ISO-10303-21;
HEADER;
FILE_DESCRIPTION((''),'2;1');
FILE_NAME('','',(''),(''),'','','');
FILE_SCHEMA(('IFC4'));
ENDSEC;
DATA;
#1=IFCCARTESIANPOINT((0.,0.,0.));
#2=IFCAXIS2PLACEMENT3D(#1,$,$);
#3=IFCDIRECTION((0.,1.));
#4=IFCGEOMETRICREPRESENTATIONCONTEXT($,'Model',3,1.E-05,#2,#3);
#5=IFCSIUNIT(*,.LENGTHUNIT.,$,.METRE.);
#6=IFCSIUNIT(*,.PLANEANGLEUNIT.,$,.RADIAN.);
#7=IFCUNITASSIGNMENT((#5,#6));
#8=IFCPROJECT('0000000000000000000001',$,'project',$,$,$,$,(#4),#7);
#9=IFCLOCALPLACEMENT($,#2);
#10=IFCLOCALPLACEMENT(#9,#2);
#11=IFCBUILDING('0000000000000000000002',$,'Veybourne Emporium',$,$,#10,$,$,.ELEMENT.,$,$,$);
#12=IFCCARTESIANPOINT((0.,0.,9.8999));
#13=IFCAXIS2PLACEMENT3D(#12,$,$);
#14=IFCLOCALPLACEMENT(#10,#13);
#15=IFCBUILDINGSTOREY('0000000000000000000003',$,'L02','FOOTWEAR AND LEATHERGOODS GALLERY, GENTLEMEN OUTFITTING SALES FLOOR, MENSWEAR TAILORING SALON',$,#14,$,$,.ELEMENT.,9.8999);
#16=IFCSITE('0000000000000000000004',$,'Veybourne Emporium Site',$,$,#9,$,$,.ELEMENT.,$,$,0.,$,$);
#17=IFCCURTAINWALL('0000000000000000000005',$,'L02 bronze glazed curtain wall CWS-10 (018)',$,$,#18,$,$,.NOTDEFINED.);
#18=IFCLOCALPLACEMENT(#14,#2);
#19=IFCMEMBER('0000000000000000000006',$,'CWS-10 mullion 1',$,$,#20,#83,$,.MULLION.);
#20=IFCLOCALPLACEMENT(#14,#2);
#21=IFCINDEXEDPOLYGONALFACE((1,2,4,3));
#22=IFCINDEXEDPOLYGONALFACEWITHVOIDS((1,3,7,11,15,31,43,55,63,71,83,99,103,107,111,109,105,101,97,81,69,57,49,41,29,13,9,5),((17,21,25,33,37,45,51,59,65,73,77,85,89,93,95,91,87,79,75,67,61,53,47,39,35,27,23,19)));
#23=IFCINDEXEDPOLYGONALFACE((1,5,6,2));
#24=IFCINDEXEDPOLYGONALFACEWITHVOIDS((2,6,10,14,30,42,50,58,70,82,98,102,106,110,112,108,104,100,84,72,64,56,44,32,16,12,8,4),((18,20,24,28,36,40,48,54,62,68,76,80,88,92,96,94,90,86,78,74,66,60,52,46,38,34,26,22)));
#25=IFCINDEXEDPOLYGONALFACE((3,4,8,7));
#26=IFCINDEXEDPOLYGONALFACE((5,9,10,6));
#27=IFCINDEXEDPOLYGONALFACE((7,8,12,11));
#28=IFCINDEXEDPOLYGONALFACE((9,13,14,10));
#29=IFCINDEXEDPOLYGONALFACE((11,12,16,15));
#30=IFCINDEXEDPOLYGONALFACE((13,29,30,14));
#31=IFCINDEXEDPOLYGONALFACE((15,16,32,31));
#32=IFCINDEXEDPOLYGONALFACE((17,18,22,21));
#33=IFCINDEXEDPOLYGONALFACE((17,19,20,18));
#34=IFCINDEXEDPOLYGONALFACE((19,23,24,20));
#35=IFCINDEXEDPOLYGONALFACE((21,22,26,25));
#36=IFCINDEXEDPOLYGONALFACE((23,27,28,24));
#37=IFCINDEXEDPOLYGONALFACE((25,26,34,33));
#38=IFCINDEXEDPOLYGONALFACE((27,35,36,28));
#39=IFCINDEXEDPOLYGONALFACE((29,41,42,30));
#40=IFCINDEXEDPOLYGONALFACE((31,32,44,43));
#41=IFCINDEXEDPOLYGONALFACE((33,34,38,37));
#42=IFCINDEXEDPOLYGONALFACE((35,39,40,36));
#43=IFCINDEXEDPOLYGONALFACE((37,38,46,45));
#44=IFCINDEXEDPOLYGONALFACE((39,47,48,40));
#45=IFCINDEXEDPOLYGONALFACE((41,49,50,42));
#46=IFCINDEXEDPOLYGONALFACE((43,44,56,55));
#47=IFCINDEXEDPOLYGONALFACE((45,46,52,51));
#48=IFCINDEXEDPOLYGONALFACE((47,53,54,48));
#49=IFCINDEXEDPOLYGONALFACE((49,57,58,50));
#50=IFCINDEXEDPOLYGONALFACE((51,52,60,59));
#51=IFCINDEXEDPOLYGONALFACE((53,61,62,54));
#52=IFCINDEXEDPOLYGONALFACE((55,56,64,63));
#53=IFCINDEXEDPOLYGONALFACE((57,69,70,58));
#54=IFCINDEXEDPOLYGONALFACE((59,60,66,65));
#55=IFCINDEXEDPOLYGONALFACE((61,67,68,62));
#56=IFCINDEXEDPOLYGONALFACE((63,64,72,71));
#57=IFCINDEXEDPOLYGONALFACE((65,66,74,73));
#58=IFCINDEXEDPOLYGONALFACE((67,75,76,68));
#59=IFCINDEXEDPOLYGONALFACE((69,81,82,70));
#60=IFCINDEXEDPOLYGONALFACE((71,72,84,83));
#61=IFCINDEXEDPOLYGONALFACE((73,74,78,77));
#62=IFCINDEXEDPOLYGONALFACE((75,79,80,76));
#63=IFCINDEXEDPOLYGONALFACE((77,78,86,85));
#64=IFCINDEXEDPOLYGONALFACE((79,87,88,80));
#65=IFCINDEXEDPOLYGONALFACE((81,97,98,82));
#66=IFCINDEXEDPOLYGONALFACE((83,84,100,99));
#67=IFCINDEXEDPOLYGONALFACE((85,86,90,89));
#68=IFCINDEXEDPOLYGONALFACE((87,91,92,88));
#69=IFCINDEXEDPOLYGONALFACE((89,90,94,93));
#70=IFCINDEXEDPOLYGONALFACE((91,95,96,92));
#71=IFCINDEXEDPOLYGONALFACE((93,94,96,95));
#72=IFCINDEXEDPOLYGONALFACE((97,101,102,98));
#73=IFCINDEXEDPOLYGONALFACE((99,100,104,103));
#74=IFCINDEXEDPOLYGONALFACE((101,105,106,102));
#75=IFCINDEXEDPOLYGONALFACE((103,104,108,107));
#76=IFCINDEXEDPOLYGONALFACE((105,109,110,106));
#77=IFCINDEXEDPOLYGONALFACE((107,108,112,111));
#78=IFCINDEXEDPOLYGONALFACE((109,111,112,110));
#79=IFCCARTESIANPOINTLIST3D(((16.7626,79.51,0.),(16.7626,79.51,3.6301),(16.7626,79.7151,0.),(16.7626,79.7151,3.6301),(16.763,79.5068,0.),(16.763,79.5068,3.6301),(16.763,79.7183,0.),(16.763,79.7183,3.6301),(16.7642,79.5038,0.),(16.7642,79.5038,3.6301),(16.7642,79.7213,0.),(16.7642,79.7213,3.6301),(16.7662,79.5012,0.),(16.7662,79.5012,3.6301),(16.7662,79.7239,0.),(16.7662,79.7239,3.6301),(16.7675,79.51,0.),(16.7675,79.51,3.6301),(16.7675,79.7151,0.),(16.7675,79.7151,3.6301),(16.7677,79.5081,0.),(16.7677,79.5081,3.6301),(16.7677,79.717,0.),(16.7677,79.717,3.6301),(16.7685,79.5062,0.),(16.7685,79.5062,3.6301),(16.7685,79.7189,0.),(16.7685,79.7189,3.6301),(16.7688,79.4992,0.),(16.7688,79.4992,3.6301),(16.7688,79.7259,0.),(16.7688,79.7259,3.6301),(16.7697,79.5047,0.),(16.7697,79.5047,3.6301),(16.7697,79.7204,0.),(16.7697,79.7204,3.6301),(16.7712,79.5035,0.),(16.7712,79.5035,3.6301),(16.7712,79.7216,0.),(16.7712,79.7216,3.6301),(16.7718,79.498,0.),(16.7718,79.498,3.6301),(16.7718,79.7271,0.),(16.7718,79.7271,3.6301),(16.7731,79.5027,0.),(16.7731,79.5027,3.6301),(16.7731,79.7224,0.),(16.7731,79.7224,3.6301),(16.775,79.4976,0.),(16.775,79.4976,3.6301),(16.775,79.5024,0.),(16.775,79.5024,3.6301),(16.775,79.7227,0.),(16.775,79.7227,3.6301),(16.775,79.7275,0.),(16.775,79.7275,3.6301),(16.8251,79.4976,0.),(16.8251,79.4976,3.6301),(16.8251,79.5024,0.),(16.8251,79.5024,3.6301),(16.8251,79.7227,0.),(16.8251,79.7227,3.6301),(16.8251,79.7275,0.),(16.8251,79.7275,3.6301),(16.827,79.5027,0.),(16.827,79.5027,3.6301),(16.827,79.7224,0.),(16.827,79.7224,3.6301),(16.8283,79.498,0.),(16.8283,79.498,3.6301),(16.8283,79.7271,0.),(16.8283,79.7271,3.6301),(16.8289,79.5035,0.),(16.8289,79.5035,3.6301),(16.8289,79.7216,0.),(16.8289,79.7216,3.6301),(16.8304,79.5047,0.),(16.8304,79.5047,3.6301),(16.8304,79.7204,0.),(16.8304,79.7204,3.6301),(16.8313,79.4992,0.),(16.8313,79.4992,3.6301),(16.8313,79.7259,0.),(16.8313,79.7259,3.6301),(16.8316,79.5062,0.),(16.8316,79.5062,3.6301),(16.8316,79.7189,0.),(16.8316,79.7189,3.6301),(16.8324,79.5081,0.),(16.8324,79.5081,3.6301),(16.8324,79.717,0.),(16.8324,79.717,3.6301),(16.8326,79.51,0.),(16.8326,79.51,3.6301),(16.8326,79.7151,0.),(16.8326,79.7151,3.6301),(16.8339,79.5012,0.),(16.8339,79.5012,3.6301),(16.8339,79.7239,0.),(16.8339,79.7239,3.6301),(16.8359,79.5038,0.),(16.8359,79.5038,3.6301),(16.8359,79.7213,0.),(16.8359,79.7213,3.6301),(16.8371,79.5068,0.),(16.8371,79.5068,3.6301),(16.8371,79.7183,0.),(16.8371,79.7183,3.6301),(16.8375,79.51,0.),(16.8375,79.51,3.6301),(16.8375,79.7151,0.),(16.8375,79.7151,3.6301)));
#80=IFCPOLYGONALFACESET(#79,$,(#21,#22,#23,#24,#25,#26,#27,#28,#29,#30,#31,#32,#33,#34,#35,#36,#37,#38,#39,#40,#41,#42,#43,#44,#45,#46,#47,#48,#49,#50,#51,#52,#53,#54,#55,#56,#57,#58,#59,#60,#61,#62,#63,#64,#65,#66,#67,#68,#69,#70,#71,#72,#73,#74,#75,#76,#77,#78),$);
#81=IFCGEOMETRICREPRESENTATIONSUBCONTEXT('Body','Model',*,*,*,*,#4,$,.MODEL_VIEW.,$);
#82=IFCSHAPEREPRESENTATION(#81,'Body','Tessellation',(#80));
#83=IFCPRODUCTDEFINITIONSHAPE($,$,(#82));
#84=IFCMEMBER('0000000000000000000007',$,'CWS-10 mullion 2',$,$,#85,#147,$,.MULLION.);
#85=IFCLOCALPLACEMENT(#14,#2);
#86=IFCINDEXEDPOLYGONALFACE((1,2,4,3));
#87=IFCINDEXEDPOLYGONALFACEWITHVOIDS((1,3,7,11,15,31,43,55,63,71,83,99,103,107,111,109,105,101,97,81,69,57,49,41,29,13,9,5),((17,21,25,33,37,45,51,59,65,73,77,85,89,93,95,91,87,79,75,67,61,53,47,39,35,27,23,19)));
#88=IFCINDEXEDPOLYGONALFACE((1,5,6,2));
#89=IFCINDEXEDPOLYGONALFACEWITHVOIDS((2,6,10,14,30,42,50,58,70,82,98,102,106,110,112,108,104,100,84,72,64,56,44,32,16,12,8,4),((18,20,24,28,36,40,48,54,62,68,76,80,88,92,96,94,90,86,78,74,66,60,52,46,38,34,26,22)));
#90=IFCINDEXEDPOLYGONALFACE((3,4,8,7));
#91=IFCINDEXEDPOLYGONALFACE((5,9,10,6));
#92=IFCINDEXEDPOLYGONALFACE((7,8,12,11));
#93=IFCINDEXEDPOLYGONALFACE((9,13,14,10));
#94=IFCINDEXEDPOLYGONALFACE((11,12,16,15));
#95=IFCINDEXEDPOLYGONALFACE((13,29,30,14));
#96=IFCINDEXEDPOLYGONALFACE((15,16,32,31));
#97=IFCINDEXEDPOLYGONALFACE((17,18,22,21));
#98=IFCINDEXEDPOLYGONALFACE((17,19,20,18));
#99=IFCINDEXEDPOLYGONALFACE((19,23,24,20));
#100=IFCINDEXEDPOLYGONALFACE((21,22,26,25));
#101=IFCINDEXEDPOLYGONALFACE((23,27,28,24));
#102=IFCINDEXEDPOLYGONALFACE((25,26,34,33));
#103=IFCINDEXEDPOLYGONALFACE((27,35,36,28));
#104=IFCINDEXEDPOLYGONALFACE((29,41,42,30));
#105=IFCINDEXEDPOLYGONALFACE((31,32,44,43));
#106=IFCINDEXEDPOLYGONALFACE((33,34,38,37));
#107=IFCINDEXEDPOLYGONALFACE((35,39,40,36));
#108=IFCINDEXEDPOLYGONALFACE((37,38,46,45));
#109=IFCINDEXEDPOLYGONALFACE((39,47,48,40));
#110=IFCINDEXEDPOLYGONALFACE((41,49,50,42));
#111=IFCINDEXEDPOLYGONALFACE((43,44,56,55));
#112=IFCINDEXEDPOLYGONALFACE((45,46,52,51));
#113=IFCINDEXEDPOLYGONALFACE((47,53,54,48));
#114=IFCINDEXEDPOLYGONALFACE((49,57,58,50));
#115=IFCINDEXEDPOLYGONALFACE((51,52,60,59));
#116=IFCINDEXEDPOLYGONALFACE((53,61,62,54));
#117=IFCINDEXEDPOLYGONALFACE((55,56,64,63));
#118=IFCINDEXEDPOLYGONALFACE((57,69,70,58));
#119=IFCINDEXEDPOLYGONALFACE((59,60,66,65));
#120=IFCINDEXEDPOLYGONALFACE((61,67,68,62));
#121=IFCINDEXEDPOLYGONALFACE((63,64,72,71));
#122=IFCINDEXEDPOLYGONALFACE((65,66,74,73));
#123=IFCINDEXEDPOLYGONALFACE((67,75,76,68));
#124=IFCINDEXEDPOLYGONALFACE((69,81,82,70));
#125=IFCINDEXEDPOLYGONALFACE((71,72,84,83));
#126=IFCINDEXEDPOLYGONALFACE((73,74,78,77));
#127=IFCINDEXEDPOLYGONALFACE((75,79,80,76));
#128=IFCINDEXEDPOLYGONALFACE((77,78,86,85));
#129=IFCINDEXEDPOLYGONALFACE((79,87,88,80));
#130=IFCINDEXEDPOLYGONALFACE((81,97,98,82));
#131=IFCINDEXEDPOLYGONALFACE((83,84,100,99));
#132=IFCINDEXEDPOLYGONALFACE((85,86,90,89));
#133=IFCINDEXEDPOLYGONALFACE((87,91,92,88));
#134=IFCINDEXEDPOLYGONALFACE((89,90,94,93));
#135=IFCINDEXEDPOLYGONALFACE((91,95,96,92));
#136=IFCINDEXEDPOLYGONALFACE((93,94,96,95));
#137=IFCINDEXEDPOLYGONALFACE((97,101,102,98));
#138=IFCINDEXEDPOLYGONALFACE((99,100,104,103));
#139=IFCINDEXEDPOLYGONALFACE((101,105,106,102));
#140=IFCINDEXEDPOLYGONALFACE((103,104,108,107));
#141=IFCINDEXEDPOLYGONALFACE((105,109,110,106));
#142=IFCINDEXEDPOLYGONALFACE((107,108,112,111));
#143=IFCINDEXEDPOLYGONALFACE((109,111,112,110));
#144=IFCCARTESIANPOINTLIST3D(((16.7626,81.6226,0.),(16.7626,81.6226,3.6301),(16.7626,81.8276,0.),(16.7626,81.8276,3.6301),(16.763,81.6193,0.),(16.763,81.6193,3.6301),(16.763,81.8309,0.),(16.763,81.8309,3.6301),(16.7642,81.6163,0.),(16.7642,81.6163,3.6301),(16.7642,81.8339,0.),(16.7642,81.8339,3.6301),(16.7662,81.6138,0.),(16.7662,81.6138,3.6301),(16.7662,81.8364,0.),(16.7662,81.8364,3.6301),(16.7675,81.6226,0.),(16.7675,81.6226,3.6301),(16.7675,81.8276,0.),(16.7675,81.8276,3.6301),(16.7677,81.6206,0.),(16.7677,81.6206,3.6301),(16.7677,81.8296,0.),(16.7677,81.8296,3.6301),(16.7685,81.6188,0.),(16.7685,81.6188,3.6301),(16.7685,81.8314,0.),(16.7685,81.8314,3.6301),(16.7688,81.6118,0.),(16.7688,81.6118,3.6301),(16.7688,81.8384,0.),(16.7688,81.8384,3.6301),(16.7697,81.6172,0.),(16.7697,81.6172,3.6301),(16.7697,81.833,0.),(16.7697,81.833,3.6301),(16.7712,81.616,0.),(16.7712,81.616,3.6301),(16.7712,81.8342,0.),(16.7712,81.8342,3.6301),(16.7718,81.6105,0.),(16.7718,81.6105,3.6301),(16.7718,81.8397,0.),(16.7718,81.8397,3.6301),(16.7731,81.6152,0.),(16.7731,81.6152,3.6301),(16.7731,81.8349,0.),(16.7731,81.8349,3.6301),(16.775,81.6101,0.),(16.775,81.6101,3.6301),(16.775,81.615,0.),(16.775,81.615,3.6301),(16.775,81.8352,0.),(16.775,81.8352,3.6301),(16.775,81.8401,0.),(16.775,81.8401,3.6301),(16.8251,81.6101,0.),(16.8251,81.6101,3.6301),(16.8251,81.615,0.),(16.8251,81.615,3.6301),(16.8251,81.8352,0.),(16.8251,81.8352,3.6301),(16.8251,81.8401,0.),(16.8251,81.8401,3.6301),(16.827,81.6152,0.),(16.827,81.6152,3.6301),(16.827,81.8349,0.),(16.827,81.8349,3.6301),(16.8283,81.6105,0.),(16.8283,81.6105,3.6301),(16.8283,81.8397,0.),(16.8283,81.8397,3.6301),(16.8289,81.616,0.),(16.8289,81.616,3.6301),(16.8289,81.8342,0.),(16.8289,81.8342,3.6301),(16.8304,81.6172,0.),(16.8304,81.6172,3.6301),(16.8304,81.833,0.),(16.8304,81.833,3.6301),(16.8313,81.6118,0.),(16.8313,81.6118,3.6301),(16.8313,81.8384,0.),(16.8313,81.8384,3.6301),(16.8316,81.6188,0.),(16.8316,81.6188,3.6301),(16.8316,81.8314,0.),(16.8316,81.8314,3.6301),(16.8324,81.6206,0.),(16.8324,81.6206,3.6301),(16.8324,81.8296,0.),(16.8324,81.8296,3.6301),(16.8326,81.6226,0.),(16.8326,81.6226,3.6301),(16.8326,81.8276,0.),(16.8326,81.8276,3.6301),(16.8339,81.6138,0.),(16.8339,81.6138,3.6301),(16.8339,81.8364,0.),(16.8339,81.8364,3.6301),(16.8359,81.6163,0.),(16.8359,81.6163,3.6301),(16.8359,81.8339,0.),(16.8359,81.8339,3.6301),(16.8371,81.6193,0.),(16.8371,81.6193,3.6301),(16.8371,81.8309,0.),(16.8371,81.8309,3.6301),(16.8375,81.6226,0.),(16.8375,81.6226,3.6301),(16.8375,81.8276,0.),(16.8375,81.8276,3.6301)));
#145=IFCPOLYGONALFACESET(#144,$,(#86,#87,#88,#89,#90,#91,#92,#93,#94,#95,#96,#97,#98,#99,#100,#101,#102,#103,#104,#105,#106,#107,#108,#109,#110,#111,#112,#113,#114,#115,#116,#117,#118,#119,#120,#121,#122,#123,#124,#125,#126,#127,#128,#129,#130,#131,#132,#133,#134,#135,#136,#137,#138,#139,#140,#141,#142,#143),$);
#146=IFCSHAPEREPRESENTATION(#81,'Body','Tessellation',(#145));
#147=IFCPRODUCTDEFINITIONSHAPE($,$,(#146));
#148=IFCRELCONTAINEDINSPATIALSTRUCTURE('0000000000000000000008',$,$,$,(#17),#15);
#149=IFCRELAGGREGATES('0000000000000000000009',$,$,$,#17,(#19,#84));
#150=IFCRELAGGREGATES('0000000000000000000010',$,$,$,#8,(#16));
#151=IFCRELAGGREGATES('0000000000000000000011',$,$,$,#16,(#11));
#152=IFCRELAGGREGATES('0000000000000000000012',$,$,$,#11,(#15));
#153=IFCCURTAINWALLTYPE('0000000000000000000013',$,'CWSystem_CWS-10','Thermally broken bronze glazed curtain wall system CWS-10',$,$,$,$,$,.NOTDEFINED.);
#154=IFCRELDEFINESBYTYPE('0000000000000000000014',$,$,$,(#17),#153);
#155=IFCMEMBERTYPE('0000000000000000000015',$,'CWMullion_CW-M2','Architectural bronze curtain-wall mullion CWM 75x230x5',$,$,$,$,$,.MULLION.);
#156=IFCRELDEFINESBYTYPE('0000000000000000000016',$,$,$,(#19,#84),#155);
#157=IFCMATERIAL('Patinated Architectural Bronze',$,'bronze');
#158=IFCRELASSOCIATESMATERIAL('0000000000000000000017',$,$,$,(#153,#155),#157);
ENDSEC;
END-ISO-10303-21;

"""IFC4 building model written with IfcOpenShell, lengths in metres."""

from ifc_helpers import new_model, si_unit, direction, frame, origin, origin_2d, place, context, subcontext, project, spatial, hollow_rectangle, extrude, material, material_profile, profile_set, type_object, element, aggregate, save


model = new_model("IFC4")

# Units and contexts
model_context = context("Model", 3, precision=1e-05, world=origin(), true_north=direction((0.0, 1.0)))
body_context = subcontext(model_context, "Body", "Model", "MODEL_VIEW")
ifc_project = project(units=[si_unit("LENGTHUNIT", "METRE"), si_unit("PLANEANGLEUNIT", "RADIAN")], contexts=[model_context])

# Site, building, storey
site_placement = place(None, origin())
site = spatial("IfcSite", under=ifc_project, at=site_placement, Name="Veybourne Emporium Site", CompositionType="ELEMENT", RefElevation=0.0)
building_placement = place(site_placement, origin())
building = spatial("IfcBuilding", under=site, at=building_placement, Name="Veybourne Emporium", CompositionType="ELEMENT")
storey_placement = place(building_placement, frame((0.0, 0.0, 9.8999)))
storey = spatial("IfcBuildingStorey", under=building, at=storey_placement, Name="L02", Description="FOOTWEAR AND LEATHERGOODS GALLERY, GENTLEMEN OUTFITTING SALES FLOOR, MENSWEAR TAILORING SALON", CompositionType="ELEMENT", Elevation=9.8999)

# Curtain wall, members
ifc_material_1 = material(Name="Patinated Architectural Bronze", Category="bronze")
curtain_wall_type = type_object("IfcCurtainWallType", Name="CWSystem_CWS-10", Description="Thermally broken bronze glazed curtain wall system CWS-10", PredefinedType="NOTDEFINED", material=ifc_material_1)
curtain_wall_placement = place(storey_placement, origin())
curtain_wall = element("IfcCurtainWall", 1, at=curtain_wall_placement, inside=storey, type_object=curtain_wall_type, Name="L02 bronze glazed curtain wall CWS-10 (018)", PredefinedType="NOTDEFINED")
ifc_material_profile_1 = material_profile(ifc_material_1, hollow_rectangle(XDim=0.075, YDim=0.23, WallThickness=0.0049, InnerFilletRadius=0.0076, OuterFilletRadius=0.0125, at=origin_2d()), Name="CWM 75x230x5")
ifc_profile_set_1 = profile_set([ifc_material_profile_1], Name="Patinated Architectural Bronze")
member_type_1 = type_object("IfcMemberType", Name="CWMullion_CW-M2", Description="Architectural bronze curtain-wall mullion CWM 75x230x5", PredefinedType="MULLION", material=ifc_profile_set_1)
member_1_placement = place(storey_placement, frame((16.8, 79.6125, 0.0), z_axis=(0.0, 0.0, 1.0), x_axis=(-1.0, 0.0, 0.0)))
member_1 = element("IfcMember", 2, at=member_1_placement, type_object=member_type_1, Name="CWS-10 mullion 1", PredefinedType="MULLION", context=body_context, shape_type="SweptSolid", body=[
    extrude(hollow_rectangle(XDim=0.075, YDim=0.23, WallThickness=0.0049, InnerFilletRadius=0.0076, OuterFilletRadius=0.0125, at=origin_2d()), origin(), (0.0, 0.0, 1.0), 3.6301),
])
member_2_placement = place(storey_placement, frame((16.8, 81.7251, 0.0), z_axis=(0.0, 0.0, 1.0), x_axis=(-1.0, 0.0, 0.0)))
member_2 = element("IfcMember", 3, at=member_2_placement, type_object=member_type_1, Name="CWS-10 mullion 2", PredefinedType="MULLION", context=body_context, shape_type="SweptSolid", body=[
    extrude(hollow_rectangle(XDim=0.075, YDim=0.23, WallThickness=0.0049, InnerFilletRadius=0.0076, OuterFilletRadius=0.0125, at=origin_2d()), origin(), (0.0, 0.0, 1.0), 3.6301),
])

aggregate(curtain_wall, [member_1, member_2])

save(model, "model.ifc")
